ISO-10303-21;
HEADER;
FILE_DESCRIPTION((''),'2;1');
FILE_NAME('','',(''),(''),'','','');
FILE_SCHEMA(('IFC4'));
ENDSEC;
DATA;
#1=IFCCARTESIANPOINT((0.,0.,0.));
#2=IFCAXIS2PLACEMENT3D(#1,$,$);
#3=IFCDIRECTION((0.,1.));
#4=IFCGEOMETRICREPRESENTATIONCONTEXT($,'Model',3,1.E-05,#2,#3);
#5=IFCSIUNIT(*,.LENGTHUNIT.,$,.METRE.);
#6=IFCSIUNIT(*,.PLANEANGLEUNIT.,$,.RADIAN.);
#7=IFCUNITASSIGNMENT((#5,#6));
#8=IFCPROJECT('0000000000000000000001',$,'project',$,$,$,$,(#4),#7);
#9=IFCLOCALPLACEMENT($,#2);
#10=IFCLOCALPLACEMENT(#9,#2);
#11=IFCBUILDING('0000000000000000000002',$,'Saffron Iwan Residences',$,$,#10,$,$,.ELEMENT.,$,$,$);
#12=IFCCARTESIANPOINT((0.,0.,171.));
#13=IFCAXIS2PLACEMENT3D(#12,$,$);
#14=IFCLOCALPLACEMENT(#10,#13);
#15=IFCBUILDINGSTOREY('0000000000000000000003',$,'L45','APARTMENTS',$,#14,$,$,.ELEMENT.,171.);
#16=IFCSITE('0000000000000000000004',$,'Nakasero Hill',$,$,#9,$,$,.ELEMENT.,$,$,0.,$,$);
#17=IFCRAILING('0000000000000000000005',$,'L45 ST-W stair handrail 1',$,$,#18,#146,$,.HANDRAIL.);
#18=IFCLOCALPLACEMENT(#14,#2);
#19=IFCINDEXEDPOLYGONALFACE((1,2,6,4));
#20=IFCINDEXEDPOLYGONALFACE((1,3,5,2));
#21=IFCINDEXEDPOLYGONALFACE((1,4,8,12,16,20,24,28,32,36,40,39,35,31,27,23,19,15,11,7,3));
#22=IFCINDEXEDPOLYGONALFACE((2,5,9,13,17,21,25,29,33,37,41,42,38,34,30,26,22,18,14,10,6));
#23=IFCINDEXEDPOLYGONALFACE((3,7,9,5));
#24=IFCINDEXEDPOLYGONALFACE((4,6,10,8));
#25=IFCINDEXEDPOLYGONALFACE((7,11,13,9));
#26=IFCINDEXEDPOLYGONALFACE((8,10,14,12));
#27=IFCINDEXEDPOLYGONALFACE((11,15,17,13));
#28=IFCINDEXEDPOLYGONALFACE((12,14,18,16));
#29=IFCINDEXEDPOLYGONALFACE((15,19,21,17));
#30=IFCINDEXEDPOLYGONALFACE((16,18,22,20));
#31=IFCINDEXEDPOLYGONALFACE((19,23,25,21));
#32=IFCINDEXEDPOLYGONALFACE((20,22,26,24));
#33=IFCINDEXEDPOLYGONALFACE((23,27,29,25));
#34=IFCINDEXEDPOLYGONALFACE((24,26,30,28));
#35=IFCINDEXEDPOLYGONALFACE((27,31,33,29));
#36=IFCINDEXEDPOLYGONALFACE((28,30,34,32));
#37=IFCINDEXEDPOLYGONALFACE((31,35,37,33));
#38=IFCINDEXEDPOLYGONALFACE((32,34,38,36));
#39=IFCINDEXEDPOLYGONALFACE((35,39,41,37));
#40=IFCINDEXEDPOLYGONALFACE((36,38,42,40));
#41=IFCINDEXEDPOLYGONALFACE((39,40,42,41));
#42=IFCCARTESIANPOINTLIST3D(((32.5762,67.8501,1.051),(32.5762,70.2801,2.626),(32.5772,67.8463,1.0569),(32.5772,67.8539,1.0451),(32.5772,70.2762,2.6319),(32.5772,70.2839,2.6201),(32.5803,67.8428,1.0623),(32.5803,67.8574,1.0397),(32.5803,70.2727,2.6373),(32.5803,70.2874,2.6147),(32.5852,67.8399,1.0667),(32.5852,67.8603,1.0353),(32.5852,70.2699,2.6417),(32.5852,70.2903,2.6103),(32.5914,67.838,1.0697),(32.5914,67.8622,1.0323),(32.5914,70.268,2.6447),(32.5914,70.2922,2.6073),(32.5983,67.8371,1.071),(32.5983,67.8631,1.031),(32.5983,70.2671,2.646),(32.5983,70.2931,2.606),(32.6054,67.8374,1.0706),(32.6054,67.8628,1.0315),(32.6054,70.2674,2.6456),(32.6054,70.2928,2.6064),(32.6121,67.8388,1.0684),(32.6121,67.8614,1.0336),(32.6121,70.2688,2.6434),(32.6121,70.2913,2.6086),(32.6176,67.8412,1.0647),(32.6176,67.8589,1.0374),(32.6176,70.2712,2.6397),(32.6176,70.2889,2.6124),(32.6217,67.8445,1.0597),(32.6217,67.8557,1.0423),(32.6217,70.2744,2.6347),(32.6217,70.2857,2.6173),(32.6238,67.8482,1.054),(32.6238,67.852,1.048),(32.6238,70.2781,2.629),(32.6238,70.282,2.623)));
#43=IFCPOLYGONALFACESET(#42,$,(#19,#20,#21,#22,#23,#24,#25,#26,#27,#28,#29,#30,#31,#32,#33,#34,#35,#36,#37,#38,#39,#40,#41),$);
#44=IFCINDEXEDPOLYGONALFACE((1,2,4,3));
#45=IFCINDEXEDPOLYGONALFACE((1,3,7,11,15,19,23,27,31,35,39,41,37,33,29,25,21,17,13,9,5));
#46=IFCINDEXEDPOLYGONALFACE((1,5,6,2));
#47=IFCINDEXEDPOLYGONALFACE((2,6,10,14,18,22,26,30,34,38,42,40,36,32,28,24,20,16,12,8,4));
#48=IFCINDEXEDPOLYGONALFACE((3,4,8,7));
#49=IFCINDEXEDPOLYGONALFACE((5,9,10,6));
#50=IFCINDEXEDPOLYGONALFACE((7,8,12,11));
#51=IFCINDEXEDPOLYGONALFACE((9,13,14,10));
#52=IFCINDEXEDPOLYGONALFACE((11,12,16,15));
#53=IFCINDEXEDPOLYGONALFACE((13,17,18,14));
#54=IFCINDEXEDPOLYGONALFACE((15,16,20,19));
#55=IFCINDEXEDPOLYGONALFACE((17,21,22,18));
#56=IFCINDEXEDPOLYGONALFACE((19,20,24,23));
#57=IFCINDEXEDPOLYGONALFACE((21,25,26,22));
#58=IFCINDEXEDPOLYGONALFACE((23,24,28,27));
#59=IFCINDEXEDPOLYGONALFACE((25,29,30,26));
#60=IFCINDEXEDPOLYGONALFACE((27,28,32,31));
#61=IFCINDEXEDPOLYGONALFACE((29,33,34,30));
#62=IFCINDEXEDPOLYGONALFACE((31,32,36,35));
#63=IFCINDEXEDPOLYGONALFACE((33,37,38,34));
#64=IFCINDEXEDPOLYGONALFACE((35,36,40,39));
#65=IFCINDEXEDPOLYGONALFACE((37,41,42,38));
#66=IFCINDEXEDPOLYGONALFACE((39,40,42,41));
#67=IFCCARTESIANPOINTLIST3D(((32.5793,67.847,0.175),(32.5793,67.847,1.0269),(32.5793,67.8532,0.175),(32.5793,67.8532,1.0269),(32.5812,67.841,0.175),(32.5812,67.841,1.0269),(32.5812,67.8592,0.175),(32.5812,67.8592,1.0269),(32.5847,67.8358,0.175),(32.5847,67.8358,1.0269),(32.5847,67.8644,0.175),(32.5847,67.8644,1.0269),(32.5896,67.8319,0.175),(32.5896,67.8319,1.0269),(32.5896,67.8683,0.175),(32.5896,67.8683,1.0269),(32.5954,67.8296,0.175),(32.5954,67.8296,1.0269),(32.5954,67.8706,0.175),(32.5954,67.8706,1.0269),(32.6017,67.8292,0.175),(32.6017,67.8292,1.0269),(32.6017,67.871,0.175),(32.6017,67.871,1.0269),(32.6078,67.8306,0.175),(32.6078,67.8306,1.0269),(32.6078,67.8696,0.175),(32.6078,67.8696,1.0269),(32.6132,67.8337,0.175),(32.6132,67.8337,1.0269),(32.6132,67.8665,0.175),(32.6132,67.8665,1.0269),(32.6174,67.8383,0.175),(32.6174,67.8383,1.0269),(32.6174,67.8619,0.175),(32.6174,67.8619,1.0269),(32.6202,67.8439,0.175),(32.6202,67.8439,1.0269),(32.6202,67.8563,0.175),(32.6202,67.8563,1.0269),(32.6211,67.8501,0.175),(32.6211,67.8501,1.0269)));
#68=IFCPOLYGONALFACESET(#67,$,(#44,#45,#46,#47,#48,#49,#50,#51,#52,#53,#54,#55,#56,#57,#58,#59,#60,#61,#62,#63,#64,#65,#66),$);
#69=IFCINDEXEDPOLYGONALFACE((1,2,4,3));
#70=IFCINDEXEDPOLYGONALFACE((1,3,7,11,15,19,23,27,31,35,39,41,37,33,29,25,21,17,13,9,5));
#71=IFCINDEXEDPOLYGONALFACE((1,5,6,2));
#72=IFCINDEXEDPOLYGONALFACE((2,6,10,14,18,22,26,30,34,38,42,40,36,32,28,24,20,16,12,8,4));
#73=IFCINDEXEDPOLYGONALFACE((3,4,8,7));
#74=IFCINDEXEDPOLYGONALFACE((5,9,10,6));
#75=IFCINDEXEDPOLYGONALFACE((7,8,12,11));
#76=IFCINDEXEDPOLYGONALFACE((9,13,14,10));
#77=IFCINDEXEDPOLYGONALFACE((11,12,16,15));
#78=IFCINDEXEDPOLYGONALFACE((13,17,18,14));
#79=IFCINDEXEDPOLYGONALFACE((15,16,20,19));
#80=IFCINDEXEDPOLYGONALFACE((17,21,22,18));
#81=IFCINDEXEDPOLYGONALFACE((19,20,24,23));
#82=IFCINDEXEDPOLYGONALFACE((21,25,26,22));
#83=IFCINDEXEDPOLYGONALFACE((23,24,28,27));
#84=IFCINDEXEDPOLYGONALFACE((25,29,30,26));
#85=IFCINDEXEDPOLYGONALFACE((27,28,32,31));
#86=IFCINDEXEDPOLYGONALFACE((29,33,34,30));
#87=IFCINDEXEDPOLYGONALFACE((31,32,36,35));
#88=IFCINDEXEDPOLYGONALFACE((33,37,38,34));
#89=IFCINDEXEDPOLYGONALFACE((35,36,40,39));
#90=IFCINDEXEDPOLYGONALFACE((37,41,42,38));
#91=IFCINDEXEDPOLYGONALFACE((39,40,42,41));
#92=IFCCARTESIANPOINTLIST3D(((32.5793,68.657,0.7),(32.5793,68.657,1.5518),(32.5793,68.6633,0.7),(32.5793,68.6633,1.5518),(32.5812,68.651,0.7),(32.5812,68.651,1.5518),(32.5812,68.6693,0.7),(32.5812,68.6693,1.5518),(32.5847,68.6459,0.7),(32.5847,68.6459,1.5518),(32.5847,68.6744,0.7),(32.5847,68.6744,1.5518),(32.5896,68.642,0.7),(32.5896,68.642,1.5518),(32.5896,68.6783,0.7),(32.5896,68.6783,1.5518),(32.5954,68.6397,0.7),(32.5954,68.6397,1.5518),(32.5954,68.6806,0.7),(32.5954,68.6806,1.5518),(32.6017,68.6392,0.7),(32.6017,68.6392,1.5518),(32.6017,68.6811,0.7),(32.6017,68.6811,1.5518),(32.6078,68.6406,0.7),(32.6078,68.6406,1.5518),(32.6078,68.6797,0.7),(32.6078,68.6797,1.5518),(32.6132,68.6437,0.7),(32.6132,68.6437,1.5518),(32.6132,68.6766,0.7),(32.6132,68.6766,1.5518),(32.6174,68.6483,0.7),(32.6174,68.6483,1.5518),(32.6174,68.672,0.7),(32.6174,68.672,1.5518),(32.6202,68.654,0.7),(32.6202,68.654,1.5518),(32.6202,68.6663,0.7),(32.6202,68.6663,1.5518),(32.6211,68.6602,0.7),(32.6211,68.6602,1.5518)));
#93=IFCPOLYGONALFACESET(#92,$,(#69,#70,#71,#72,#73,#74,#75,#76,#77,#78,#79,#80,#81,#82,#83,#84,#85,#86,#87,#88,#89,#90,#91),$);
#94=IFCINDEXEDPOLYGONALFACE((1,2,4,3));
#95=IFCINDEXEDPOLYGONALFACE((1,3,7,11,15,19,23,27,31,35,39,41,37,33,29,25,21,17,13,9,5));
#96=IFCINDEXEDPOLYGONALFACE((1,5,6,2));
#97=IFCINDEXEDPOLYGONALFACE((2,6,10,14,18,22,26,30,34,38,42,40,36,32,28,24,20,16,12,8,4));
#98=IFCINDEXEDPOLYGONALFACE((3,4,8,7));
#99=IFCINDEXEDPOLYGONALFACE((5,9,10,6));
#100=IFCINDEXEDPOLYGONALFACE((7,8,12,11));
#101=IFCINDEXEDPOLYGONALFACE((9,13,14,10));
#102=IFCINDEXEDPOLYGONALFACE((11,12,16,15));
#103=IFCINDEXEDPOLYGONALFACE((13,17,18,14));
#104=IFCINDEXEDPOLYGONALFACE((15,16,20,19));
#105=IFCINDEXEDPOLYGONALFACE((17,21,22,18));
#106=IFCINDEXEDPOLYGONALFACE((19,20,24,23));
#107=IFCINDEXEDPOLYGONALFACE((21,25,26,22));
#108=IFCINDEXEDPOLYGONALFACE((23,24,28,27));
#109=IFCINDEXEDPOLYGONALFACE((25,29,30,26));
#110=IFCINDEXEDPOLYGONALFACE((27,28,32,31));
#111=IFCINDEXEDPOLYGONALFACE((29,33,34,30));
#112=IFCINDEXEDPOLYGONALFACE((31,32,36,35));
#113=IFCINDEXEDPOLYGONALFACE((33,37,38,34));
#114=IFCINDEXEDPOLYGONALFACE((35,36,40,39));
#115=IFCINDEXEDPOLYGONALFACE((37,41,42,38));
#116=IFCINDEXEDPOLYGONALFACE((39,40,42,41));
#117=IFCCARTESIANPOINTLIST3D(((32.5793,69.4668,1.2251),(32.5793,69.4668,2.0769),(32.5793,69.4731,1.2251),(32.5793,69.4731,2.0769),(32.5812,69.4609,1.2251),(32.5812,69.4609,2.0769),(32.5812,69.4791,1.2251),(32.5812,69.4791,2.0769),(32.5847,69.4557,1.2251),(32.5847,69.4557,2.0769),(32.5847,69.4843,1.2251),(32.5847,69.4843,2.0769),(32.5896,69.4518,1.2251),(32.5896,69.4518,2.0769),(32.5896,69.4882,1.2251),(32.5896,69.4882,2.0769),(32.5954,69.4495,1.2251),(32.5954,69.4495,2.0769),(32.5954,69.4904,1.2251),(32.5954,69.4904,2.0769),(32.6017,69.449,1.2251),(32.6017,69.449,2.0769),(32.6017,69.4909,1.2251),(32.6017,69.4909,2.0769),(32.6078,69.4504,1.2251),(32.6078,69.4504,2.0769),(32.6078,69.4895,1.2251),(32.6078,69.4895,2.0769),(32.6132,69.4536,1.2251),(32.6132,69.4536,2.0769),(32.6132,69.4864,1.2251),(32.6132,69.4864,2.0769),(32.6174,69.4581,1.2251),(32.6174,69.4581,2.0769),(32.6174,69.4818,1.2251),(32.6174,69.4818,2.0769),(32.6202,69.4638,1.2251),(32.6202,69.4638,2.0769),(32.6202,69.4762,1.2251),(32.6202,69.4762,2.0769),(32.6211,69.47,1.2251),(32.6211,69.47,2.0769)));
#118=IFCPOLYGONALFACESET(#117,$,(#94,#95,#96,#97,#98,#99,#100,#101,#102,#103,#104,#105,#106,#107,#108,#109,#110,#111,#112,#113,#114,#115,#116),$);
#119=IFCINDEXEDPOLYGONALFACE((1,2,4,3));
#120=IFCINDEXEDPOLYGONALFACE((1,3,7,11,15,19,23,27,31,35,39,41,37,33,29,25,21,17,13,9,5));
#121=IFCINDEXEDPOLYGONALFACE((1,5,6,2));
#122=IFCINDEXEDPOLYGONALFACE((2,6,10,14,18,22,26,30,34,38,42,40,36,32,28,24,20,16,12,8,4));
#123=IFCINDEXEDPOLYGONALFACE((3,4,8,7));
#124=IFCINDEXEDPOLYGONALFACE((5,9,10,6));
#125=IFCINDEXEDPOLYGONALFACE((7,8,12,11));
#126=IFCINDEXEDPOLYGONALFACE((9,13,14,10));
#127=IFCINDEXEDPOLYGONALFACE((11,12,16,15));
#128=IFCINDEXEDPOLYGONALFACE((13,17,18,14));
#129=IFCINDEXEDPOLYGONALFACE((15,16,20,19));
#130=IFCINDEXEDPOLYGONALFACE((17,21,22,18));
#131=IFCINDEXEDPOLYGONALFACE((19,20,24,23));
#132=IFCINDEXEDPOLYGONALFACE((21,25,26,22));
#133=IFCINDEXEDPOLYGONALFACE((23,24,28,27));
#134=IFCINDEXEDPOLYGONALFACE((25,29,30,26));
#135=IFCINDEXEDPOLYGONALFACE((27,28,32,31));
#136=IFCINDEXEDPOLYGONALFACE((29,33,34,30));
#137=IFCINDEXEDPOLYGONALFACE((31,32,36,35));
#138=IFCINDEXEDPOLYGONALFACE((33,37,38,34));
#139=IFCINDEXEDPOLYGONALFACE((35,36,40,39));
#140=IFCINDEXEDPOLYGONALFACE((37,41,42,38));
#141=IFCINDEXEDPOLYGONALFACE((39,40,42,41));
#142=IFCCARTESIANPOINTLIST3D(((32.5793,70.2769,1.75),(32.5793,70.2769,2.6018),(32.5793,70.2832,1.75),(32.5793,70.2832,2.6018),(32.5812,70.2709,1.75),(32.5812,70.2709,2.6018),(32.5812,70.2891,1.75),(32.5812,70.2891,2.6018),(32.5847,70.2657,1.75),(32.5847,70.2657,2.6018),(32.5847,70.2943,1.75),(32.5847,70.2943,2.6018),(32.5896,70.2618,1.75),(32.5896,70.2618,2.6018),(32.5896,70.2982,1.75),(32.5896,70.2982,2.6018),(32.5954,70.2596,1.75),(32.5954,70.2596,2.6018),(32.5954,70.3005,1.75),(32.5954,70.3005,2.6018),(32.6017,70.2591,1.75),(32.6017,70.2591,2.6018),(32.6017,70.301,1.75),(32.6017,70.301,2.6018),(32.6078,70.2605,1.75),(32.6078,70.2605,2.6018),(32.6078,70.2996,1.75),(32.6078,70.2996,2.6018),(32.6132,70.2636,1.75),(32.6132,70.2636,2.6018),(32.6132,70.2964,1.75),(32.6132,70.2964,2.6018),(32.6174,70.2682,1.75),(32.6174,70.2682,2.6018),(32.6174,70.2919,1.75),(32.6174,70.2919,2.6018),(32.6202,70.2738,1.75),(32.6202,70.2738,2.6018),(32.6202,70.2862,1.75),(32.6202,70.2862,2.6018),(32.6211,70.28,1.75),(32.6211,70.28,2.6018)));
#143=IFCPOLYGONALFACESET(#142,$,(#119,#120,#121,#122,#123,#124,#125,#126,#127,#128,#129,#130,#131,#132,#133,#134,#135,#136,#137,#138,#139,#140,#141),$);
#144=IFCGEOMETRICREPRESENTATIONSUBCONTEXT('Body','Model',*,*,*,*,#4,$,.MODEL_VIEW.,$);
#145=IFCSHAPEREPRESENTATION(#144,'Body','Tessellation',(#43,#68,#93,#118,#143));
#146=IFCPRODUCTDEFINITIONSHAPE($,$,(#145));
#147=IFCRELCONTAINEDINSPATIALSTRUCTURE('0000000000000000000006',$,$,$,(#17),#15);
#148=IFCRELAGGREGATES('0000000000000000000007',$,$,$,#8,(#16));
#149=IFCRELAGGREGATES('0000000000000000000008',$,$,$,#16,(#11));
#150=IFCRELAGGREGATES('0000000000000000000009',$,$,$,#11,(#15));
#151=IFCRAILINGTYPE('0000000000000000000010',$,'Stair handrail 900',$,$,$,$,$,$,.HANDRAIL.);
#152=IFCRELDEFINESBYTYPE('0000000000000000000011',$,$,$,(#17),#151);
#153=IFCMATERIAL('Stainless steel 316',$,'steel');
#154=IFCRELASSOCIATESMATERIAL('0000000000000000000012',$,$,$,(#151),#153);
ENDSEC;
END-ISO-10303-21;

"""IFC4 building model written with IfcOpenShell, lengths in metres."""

from ifc_helpers import new_model, si_unit, direction, frame, origin, origin_2d, place, context, subcontext, project, spatial, circle, extrude, material, type_object, element, save


model = new_model("IFC4")

# Units and contexts
model_context = context("Model", 3, precision=1e-05, world=origin(), true_north=direction((0.0, 1.0)))
body_context = subcontext(model_context, "Body", "Model", "MODEL_VIEW")
ifc_project = project(units=[si_unit("LENGTHUNIT", "METRE"), si_unit("PLANEANGLEUNIT", "RADIAN")], contexts=[model_context])

# Site, building, storey
site_placement = place(None, origin())
site = spatial("IfcSite", under=ifc_project, at=site_placement, Name="Nakasero Hill", CompositionType="ELEMENT", RefElevation=0.0)
building_placement = place(site_placement, origin())
building = spatial("IfcBuilding", under=site, at=building_placement, Name="Saffron Iwan Residences", CompositionType="ELEMENT")
storey_placement = place(building_placement, frame((0.0, 0.0, 171.0)))
storey = spatial("IfcBuildingStorey", under=building, at=storey_placement, Name="L45", Description="APARTMENTS", CompositionType="ELEMENT", Elevation=171.0)

# Railing
ifc_material_1 = material(Name="Stainless steel 316", Category="steel")
railing_type_1 = type_object("IfcRailingType", Name="Stair handrail 900", PredefinedType="HANDRAIL", material=ifc_material_1)
railing_1_placement = place(storey_placement, frame((32.6001, 67.8501, 0.175)))
element("IfcRailing", 1, at=railing_1_placement, inside=storey, type_object=railing_type_1, Name="L45 ST-W stair handrail 1", PredefinedType="HANDRAIL", context=body_context, shape_type="SweptSolid", body=[
    extrude(circle(Radius=0.0239, at=origin_2d()), frame((0.0, 0.0, 0.876), z_axis=(0.0, 0.839154, 0.543894), x_axis=(-1.0, 0.0, 0.0)), (0.0, 0.0, 1.0), 2.8958),
    extrude(circle(Radius=0.021, at=origin_2d()), origin(), (0.0, 0.0, 1.0), 0.8518),
    extrude(circle(Radius=0.021, at=origin_2d()), frame((0.0, 0.8101, 0.5249)), (0.0, 0.0, 1.0), 0.8518),
    extrude(circle(Radius=0.021, at=origin_2d()), frame((0.0, 1.6199, 1.05)), (0.0, 0.0, 1.0), 0.8518),
    extrude(circle(Radius=0.021, at=origin_2d()), frame((0.0, 2.4299, 1.575)), (0.0, 0.0, 1.0), 0.8518),
])

save(model, "model.ifc")
